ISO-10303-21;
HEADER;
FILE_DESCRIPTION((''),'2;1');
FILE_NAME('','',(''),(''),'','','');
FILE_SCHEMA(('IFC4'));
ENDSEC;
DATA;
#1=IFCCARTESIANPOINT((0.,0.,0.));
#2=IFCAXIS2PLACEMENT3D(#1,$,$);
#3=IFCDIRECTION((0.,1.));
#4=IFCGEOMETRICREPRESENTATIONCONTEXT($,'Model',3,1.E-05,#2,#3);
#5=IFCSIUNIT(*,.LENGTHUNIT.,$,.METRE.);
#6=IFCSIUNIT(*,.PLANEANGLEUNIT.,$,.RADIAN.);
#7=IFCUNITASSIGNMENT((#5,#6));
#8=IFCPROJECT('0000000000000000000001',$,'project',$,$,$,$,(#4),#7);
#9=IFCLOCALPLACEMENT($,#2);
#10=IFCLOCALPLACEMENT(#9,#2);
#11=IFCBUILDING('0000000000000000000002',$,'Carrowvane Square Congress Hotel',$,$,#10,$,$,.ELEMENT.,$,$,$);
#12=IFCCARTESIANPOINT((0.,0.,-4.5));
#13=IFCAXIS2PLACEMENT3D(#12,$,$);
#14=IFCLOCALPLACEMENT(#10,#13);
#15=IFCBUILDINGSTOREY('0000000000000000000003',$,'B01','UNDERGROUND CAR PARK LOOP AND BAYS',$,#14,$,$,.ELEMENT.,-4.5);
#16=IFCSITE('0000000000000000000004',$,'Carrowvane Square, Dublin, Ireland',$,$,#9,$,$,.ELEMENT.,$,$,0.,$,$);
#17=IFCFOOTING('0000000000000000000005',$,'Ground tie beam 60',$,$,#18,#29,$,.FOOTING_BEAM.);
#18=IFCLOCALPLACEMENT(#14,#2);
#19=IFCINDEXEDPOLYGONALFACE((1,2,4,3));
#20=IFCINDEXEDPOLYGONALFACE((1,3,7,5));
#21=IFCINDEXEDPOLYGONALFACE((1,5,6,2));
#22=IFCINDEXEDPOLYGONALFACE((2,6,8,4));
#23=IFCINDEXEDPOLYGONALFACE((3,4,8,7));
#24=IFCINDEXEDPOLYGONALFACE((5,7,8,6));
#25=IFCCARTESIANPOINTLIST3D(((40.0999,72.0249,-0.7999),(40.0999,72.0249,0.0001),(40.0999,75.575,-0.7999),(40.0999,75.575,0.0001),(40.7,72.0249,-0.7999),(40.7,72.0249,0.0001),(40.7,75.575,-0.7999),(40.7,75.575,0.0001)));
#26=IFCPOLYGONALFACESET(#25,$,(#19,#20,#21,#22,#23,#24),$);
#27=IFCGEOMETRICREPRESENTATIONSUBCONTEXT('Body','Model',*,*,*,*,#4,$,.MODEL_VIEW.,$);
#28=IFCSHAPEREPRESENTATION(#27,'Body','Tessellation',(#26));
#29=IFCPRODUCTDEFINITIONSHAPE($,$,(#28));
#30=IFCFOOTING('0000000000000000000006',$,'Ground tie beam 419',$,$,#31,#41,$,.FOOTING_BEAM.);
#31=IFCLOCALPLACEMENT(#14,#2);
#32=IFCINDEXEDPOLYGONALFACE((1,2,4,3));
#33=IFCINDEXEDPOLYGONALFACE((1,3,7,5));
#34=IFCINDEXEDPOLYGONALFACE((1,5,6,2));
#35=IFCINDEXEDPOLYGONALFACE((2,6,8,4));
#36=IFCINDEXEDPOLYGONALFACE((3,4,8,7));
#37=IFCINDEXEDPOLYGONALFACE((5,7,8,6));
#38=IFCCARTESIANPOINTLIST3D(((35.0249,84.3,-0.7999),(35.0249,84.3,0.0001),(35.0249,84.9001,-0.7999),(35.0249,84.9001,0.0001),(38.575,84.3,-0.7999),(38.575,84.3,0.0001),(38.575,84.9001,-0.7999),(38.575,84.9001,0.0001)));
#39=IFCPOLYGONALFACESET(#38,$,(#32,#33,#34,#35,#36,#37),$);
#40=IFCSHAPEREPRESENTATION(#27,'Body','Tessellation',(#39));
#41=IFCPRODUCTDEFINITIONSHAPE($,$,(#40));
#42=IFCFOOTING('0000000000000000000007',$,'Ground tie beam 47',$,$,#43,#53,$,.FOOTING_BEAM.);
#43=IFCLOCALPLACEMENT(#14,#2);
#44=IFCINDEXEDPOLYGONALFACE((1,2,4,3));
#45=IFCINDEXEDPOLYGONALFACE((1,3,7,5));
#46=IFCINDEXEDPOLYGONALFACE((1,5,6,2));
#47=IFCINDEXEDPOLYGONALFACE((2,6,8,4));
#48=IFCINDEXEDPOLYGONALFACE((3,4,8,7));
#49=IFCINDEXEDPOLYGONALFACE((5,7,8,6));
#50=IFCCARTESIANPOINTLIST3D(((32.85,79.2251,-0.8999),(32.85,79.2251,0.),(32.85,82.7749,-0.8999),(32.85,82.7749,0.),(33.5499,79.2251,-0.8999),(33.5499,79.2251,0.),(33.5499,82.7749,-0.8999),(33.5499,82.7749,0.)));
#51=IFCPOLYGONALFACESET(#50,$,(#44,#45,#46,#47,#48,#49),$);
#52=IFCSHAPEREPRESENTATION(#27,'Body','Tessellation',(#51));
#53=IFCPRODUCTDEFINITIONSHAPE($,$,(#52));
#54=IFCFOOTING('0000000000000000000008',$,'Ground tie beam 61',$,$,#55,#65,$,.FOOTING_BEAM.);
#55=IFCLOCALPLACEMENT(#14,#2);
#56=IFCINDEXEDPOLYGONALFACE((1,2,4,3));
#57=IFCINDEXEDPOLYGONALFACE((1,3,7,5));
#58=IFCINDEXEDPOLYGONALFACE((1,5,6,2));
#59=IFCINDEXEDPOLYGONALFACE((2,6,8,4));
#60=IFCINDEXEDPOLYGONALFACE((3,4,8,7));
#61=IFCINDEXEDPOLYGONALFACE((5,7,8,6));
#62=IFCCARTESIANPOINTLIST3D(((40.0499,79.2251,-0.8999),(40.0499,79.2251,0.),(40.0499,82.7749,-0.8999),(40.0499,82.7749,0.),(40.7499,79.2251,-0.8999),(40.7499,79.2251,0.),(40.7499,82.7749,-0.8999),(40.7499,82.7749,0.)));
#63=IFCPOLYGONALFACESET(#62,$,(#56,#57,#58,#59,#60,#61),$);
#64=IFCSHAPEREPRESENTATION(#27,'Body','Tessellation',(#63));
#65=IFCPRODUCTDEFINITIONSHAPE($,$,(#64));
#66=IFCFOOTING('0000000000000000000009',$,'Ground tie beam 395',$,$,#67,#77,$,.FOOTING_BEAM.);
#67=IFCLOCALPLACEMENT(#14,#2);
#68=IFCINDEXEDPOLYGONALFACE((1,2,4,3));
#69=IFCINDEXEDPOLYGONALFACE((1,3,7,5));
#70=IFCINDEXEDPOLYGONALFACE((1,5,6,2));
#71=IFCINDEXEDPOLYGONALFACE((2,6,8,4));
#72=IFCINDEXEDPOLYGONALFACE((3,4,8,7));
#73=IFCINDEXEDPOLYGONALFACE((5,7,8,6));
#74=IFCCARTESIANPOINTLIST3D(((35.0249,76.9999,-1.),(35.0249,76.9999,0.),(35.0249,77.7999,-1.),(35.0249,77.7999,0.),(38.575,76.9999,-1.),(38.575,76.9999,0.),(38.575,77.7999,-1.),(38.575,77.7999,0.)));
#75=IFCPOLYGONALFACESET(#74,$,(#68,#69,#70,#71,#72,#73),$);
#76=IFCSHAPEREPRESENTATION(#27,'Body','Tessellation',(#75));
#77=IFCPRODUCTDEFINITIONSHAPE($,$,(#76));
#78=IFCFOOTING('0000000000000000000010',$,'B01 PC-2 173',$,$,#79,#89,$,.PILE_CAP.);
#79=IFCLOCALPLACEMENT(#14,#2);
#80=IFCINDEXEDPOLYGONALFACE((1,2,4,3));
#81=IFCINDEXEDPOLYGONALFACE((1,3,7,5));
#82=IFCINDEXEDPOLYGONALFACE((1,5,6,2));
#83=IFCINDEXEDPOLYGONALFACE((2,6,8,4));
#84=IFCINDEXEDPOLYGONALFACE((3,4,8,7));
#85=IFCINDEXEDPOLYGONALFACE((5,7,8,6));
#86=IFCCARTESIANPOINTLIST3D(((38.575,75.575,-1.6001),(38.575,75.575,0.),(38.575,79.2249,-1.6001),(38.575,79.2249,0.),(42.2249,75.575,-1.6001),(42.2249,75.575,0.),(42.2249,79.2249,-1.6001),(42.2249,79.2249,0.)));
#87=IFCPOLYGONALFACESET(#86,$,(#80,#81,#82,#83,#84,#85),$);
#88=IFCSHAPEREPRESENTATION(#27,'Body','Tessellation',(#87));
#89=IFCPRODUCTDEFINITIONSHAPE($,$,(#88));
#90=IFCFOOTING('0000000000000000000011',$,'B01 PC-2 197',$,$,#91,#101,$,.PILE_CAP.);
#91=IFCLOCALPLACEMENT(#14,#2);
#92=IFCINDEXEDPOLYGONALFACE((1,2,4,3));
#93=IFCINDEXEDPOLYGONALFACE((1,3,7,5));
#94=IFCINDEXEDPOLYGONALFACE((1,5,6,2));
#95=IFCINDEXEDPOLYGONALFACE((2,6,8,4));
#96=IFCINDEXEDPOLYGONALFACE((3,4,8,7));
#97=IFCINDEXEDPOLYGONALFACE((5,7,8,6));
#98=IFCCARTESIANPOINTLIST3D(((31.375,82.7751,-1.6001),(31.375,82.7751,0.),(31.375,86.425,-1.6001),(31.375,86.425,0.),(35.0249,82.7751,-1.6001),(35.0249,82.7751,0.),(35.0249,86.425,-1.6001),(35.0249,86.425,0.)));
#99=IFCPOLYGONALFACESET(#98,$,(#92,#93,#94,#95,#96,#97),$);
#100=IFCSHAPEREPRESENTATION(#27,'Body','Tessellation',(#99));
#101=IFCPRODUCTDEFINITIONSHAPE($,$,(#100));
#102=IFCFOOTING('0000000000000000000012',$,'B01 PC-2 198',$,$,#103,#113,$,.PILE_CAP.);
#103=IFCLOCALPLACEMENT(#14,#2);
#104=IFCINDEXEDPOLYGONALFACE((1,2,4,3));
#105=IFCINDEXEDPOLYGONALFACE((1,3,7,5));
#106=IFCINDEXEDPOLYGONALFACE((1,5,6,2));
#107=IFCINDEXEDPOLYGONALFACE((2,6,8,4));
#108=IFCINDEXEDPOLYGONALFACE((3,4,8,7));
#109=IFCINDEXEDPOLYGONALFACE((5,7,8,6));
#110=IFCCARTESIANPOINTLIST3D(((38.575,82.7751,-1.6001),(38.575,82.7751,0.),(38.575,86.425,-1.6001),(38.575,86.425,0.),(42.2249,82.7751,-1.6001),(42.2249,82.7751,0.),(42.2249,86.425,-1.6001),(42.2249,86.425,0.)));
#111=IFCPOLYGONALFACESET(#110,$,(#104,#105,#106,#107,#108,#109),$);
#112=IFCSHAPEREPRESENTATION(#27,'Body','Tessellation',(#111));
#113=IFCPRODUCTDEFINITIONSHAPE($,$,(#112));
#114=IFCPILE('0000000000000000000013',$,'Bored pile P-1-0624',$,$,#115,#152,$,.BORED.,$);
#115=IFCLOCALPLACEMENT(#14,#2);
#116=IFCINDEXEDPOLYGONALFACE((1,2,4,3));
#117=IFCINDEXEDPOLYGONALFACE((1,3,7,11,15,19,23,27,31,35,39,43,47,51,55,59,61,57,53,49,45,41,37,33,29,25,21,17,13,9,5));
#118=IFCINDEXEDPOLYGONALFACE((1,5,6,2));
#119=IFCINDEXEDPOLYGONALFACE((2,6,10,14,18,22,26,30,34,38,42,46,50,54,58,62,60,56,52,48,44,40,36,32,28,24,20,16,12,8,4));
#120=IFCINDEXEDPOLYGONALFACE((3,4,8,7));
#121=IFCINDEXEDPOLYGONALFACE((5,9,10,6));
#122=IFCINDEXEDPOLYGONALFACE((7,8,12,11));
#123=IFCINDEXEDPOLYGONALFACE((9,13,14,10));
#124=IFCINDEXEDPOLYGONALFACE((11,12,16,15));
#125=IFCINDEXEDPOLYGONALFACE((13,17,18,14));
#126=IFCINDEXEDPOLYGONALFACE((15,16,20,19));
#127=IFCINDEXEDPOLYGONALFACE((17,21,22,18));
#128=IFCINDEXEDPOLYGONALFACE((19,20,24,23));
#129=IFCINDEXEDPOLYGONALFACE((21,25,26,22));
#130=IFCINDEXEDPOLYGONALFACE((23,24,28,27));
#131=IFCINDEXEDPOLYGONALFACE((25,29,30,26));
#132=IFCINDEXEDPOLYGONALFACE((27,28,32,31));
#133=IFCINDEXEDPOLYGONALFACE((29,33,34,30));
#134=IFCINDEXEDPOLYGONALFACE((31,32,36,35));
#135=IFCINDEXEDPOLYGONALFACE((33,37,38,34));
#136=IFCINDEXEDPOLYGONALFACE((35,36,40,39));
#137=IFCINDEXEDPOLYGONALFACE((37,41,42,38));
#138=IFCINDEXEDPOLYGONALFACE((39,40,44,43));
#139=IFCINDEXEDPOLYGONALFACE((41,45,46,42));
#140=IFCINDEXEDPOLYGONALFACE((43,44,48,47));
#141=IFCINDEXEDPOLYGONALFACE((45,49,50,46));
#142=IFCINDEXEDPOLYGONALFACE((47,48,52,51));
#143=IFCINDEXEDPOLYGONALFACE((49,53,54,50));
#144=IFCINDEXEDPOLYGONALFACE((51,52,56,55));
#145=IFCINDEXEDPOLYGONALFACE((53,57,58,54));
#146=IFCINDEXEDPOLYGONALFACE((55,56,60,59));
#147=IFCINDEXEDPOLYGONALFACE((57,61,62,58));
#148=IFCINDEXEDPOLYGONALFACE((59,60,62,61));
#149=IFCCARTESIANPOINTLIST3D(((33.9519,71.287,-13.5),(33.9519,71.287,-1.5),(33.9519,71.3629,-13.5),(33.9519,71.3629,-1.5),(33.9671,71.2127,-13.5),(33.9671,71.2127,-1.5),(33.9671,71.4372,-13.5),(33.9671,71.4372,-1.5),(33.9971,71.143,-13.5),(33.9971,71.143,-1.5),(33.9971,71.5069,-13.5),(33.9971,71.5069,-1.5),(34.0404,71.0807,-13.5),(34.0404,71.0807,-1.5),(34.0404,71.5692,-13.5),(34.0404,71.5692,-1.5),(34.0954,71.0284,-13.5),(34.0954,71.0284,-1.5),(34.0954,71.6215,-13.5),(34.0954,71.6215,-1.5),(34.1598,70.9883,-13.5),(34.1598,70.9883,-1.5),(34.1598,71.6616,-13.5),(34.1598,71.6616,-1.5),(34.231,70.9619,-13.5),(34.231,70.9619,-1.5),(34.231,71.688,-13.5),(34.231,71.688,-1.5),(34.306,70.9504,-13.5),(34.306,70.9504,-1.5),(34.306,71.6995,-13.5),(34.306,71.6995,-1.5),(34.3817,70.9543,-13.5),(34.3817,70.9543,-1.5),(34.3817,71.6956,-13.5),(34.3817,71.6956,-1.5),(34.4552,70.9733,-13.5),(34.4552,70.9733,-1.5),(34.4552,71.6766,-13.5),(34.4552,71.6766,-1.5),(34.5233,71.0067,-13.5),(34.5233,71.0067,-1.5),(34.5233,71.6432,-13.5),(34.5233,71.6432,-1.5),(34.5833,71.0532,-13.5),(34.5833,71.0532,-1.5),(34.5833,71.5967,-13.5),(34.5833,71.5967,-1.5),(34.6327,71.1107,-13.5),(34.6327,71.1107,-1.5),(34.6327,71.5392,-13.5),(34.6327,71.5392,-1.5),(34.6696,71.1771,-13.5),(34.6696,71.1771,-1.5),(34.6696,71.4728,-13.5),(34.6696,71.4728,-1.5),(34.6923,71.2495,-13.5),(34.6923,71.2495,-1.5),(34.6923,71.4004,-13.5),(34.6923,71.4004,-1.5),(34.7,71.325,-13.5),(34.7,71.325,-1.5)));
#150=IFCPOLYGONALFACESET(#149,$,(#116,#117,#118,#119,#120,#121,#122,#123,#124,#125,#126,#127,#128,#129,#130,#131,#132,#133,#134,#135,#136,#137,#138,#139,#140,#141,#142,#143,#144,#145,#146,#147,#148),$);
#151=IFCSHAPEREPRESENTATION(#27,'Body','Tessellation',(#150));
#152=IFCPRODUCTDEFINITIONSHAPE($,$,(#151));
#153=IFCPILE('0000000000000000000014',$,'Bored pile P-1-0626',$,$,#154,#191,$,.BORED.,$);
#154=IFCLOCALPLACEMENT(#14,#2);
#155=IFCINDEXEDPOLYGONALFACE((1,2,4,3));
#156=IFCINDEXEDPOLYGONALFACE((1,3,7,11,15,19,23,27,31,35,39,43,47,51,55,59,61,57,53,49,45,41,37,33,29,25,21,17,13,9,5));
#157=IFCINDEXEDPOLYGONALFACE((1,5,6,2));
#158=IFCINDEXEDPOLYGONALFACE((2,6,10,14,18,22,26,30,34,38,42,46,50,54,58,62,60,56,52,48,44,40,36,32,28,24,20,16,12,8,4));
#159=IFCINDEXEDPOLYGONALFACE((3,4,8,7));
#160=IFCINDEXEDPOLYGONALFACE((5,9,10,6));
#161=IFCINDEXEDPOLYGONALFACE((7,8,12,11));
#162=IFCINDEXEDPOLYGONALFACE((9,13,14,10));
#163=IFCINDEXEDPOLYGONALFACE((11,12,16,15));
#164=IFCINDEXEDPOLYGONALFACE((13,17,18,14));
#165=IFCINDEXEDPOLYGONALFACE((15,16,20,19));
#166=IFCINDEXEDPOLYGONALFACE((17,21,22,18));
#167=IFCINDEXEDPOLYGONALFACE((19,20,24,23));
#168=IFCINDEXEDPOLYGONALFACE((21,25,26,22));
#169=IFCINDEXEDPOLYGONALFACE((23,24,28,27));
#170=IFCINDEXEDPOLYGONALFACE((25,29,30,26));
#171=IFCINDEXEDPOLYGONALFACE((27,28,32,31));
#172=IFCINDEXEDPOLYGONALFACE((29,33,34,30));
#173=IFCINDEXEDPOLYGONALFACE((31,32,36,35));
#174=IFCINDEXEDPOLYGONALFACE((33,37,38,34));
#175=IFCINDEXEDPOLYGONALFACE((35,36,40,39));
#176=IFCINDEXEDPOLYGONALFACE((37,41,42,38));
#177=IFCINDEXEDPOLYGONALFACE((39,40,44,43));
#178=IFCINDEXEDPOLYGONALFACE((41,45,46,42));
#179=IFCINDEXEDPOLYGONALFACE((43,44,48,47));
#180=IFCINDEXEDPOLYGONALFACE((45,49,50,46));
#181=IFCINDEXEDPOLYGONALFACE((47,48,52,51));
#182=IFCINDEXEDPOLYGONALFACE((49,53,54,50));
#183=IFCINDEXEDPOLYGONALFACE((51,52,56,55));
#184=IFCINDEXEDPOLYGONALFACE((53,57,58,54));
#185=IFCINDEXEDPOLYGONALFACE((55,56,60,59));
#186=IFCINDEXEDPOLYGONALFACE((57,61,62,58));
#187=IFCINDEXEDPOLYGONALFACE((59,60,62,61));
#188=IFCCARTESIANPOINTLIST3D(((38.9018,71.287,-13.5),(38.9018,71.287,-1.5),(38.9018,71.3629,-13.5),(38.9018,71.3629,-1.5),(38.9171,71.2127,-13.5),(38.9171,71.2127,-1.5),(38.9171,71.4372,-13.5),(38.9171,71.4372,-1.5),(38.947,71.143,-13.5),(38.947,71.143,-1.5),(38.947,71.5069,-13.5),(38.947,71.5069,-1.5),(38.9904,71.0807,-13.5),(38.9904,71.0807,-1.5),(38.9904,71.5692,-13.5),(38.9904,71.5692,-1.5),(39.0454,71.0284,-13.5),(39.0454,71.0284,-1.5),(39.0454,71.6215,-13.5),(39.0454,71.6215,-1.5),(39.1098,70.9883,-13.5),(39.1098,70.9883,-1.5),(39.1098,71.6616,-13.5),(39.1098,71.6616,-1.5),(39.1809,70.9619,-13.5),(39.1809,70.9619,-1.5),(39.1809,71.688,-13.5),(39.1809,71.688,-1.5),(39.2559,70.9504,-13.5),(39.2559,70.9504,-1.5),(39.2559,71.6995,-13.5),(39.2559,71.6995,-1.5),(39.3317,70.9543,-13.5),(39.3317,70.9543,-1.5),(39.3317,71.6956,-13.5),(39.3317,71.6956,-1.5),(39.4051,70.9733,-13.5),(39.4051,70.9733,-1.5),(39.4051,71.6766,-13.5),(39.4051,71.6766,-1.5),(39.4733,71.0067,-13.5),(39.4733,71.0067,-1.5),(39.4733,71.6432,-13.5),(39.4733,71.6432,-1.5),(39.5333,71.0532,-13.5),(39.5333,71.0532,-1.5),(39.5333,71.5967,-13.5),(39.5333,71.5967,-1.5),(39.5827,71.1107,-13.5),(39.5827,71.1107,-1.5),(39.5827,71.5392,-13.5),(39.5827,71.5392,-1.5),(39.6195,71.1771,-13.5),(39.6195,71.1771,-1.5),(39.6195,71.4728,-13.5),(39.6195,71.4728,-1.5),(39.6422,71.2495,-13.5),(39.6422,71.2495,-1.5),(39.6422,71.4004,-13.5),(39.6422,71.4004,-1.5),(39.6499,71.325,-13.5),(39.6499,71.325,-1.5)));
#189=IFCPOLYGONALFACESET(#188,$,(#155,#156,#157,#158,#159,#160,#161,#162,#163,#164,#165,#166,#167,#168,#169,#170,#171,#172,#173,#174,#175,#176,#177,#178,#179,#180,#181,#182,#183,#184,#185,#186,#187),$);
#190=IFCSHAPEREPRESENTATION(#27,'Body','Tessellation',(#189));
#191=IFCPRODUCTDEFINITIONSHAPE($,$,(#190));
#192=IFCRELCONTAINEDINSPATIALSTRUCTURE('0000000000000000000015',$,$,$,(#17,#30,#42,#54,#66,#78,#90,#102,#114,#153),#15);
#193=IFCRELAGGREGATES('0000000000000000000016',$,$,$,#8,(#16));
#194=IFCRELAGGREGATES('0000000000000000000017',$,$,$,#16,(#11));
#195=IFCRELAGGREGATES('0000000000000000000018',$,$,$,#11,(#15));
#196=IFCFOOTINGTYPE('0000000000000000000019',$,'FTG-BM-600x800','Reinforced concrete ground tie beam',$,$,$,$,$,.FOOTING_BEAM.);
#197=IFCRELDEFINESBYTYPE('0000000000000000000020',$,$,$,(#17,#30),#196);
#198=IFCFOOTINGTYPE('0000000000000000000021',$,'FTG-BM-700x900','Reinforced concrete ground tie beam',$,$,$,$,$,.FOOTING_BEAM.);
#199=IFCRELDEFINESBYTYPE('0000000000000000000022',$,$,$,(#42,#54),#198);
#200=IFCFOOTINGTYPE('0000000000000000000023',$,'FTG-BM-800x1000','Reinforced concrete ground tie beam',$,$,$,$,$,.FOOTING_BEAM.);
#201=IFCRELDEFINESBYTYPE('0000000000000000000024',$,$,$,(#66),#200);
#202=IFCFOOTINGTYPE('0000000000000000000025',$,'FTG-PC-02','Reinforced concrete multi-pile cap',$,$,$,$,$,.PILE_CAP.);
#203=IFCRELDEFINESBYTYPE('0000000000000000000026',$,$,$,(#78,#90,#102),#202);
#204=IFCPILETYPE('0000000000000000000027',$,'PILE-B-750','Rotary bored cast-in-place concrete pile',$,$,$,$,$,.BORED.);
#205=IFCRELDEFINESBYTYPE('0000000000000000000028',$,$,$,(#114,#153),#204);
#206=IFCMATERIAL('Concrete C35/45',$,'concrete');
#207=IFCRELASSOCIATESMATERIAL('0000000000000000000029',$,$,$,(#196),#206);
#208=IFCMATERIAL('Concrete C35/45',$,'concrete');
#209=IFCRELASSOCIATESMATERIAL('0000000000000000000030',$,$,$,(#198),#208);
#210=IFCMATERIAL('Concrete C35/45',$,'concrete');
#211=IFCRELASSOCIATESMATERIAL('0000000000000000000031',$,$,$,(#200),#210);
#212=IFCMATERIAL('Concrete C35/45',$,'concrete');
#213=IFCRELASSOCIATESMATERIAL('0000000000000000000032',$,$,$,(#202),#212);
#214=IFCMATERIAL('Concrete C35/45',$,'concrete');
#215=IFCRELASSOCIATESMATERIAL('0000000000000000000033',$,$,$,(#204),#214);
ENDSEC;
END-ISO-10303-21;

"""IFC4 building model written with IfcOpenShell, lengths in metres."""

from ifc_helpers import new_model, si_unit, direction, frame, origin, origin_2d, place, context, subcontext, project, spatial, rectangle, circle, extrude, material, material_profile, profile_set, type_object, element, save


model = new_model("IFC4")

# Units and contexts
model_context = context("Model", 3, precision=1e-05, world=origin(), true_north=direction((0.0, 1.0)))
body_context = subcontext(model_context, "Body", "Model", "MODEL_VIEW")
ifc_project = project(units=[si_unit("LENGTHUNIT", "METRE"), si_unit("PLANEANGLEUNIT", "RADIAN")], contexts=[model_context])

# Site, building, storey
site_placement = place(None, origin())
site = spatial("IfcSite", under=ifc_project, at=site_placement, Name="Carrowvane Square, Dublin, Ireland", CompositionType="ELEMENT", RefElevation=0.0)
building_placement = place(site_placement, origin())
building = spatial("IfcBuilding", under=site, at=building_placement, Name="Carrowvane Square Congress Hotel", CompositionType="ELEMENT")
storey_placement = place(building_placement, frame((0.0, 0.0, -4.5)))
storey = spatial("IfcBuildingStorey", under=building, at=storey_placement, Name="B01", Description="UNDERGROUND CAR PARK LOOP AND BAYS", CompositionType="ELEMENT", Elevation=-4.5)

# Footings
ifc_material_1 = material(Name="Concrete C35/45", Category="concrete")
ifc_material_profile_1 = material_profile(ifc_material_1, rectangle(XDim=0.6001, YDim=0.8, at=origin_2d()), Name="RC 600x800")
ifc_profile_set_1 = profile_set([ifc_material_profile_1], Name="Concrete C35/45")
footing_type_1 = type_object("IfcFootingType", Name="FTG-BM-600x800", Description="Reinforced concrete ground tie beam", PredefinedType="FOOTING_BEAM", material=ifc_profile_set_1)
for number, where, z_axis, x_axis, name in (
    (1, (40.3999, 72.0249, -0.3999), (0.0, 1.0, 0.0), (-1.0, 0.0, 0.0), "Ground tie beam 60"),
    (2, (35.0249, 84.6001, -0.3999), (1.0, 0.0, 0.0), (0.0, 1.0, 0.0), "Ground tie beam 419"),
):
    element("IfcFooting", number, at=place(storey_placement, frame(where, z_axis=z_axis, x_axis=x_axis)), inside=storey, type_object=footing_type_1, Name=name, PredefinedType="FOOTING_BEAM", context=body_context, shape_type="SweptSolid", body=[
        extrude(rectangle(XDim=0.6001, YDim=0.8, at=origin_2d()), origin(), (0.0, 0.0, 1.0), 3.55),
    ])
ifc_material_2 = material(Name="Concrete C35/45", Category="concrete")
ifc_material_profile_2 = material_profile(ifc_material_2, rectangle(XDim=0.7, YDim=0.8999, at=origin_2d()), Name="RC 700x900")
ifc_profile_set_2 = profile_set([ifc_material_profile_2], Name="Concrete C35/45")
footing_type_2 = type_object("IfcFootingType", Name="FTG-BM-700x900", Description="Reinforced concrete ground tie beam", PredefinedType="FOOTING_BEAM", material=ifc_profile_set_2)
for number, where, z_axis, x_axis, name in (
    (3, (33.2, 79.2251, -0.45), (0.0, 1.0, 0.0), (-1.0, 0.0, 0.0), "Ground tie beam 47"),
    (4, (40.3999, 79.2251, -0.45), (0.0, 1.0, 0.0), (-1.0, 0.0, 0.0), "Ground tie beam 61"),
):
    element("IfcFooting", number, at=place(storey_placement, frame(where, z_axis=z_axis, x_axis=x_axis)), inside=storey, type_object=footing_type_2, Name=name, PredefinedType="FOOTING_BEAM", context=body_context, shape_type="SweptSolid", body=[
        extrude(rectangle(XDim=0.7, YDim=0.8999, at=origin_2d()), origin(), (0.0, 0.0, 1.0), 3.5498),
    ])
ifc_material_3 = material(Name="Concrete C35/45", Category="concrete")
ifc_material_profile_3 = material_profile(ifc_material_3, rectangle(XDim=0.8, YDim=1.0, at=origin_2d()), Name="RC 800x1000")
ifc_profile_set_3 = profile_set([ifc_material_profile_3], Name="Concrete C35/45")
footing_type_3 = type_object("IfcFootingType", Name="FTG-BM-800x1000", Description="Reinforced concrete ground tie beam", PredefinedType="FOOTING_BEAM", material=ifc_profile_set_3)
footing_placement = place(storey_placement, frame((35.0249, 77.3999, -0.5), z_axis=(1.0, 0.0, 0.0), x_axis=(0.0, 1.0, 0.0)))
element("IfcFooting", 5, at=footing_placement, inside=storey, type_object=footing_type_3, Name="Ground tie beam 395", PredefinedType="FOOTING_BEAM", context=body_context, shape_type="SweptSolid", body=[
    extrude(rectangle(XDim=0.8, YDim=1.0, at=origin_2d()), origin(), (0.0, 0.0, 1.0), 3.55),
])
ifc_material_4 = material(Name="Concrete C35/45", Category="concrete")
footing_type_4 = type_object("IfcFootingType", Name="FTG-PC-02", Description="Reinforced concrete multi-pile cap", PredefinedType="PILE_CAP", material=ifc_material_4)
for number, where, z_axis, x_axis, name in (
    (6, (40.3999, 77.3999, -1.6001), (0.0, 0.0, 1.0), (1.0, 0.0, 0.0), "B01 PC-2 173"),
    (7, (33.2, 84.6001, -1.6001), (0.0, 0.0, 1.0), (1.0, 0.0, 0.0), "B01 PC-2 197"),
    (8, (40.3999, 84.6001, -1.6001), (0.0, 0.0, 1.0), (1.0, 0.0, 0.0), "B01 PC-2 198"),
):
    element("IfcFooting", number, at=place(storey_placement, frame(where, z_axis=z_axis, x_axis=x_axis)), inside=storey, type_object=footing_type_4, Name=name, PredefinedType="PILE_CAP", context=body_context, shape_type="SweptSolid", body=[
        extrude(rectangle(XDim=3.6499, YDim=3.6499, at=origin_2d()), origin(), (0.0, 0.0, 1.0), 1.6001),
    ])

# Piles
ifc_material_5 = material(Name="Concrete C35/45", Category="concrete")
ifc_material_profile_4 = material_profile(ifc_material_5, circle(Radius=0.375, at=origin_2d()), Name="PILE D750")
ifc_profile_set_4 = profile_set([ifc_material_profile_4], Name="Concrete C35/45")
pile_type = type_object("IfcPileType", Name="PILE-B-750", Description="Rotary bored cast-in-place concrete pile", PredefinedType="BORED", material=ifc_profile_set_4)
for number, where, z_axis, x_axis, name in (
    (9, (34.325, 71.325, -1.5), (0.0, 0.0, -1.0), (1.0, 0.0, 0.0), "Bored pile P-1-0624"),
    (10, (39.2749, 71.325, -1.5), (0.0, 0.0, -1.0), (1.0, 0.0, 0.0), "Bored pile P-1-0626"),
):
    element("IfcPile", number, at=place(storey_placement, frame(where, z_axis=z_axis, x_axis=x_axis)), inside=storey, type_object=pile_type, Name=name, PredefinedType="BORED", context=body_context, shape_type="SweptSolid", body=[
        extrude(circle(Radius=0.375, at=origin_2d()), origin(), (0.0, 0.0, 1.0), 12.0),
    ])

save(model, "model.ifc")
